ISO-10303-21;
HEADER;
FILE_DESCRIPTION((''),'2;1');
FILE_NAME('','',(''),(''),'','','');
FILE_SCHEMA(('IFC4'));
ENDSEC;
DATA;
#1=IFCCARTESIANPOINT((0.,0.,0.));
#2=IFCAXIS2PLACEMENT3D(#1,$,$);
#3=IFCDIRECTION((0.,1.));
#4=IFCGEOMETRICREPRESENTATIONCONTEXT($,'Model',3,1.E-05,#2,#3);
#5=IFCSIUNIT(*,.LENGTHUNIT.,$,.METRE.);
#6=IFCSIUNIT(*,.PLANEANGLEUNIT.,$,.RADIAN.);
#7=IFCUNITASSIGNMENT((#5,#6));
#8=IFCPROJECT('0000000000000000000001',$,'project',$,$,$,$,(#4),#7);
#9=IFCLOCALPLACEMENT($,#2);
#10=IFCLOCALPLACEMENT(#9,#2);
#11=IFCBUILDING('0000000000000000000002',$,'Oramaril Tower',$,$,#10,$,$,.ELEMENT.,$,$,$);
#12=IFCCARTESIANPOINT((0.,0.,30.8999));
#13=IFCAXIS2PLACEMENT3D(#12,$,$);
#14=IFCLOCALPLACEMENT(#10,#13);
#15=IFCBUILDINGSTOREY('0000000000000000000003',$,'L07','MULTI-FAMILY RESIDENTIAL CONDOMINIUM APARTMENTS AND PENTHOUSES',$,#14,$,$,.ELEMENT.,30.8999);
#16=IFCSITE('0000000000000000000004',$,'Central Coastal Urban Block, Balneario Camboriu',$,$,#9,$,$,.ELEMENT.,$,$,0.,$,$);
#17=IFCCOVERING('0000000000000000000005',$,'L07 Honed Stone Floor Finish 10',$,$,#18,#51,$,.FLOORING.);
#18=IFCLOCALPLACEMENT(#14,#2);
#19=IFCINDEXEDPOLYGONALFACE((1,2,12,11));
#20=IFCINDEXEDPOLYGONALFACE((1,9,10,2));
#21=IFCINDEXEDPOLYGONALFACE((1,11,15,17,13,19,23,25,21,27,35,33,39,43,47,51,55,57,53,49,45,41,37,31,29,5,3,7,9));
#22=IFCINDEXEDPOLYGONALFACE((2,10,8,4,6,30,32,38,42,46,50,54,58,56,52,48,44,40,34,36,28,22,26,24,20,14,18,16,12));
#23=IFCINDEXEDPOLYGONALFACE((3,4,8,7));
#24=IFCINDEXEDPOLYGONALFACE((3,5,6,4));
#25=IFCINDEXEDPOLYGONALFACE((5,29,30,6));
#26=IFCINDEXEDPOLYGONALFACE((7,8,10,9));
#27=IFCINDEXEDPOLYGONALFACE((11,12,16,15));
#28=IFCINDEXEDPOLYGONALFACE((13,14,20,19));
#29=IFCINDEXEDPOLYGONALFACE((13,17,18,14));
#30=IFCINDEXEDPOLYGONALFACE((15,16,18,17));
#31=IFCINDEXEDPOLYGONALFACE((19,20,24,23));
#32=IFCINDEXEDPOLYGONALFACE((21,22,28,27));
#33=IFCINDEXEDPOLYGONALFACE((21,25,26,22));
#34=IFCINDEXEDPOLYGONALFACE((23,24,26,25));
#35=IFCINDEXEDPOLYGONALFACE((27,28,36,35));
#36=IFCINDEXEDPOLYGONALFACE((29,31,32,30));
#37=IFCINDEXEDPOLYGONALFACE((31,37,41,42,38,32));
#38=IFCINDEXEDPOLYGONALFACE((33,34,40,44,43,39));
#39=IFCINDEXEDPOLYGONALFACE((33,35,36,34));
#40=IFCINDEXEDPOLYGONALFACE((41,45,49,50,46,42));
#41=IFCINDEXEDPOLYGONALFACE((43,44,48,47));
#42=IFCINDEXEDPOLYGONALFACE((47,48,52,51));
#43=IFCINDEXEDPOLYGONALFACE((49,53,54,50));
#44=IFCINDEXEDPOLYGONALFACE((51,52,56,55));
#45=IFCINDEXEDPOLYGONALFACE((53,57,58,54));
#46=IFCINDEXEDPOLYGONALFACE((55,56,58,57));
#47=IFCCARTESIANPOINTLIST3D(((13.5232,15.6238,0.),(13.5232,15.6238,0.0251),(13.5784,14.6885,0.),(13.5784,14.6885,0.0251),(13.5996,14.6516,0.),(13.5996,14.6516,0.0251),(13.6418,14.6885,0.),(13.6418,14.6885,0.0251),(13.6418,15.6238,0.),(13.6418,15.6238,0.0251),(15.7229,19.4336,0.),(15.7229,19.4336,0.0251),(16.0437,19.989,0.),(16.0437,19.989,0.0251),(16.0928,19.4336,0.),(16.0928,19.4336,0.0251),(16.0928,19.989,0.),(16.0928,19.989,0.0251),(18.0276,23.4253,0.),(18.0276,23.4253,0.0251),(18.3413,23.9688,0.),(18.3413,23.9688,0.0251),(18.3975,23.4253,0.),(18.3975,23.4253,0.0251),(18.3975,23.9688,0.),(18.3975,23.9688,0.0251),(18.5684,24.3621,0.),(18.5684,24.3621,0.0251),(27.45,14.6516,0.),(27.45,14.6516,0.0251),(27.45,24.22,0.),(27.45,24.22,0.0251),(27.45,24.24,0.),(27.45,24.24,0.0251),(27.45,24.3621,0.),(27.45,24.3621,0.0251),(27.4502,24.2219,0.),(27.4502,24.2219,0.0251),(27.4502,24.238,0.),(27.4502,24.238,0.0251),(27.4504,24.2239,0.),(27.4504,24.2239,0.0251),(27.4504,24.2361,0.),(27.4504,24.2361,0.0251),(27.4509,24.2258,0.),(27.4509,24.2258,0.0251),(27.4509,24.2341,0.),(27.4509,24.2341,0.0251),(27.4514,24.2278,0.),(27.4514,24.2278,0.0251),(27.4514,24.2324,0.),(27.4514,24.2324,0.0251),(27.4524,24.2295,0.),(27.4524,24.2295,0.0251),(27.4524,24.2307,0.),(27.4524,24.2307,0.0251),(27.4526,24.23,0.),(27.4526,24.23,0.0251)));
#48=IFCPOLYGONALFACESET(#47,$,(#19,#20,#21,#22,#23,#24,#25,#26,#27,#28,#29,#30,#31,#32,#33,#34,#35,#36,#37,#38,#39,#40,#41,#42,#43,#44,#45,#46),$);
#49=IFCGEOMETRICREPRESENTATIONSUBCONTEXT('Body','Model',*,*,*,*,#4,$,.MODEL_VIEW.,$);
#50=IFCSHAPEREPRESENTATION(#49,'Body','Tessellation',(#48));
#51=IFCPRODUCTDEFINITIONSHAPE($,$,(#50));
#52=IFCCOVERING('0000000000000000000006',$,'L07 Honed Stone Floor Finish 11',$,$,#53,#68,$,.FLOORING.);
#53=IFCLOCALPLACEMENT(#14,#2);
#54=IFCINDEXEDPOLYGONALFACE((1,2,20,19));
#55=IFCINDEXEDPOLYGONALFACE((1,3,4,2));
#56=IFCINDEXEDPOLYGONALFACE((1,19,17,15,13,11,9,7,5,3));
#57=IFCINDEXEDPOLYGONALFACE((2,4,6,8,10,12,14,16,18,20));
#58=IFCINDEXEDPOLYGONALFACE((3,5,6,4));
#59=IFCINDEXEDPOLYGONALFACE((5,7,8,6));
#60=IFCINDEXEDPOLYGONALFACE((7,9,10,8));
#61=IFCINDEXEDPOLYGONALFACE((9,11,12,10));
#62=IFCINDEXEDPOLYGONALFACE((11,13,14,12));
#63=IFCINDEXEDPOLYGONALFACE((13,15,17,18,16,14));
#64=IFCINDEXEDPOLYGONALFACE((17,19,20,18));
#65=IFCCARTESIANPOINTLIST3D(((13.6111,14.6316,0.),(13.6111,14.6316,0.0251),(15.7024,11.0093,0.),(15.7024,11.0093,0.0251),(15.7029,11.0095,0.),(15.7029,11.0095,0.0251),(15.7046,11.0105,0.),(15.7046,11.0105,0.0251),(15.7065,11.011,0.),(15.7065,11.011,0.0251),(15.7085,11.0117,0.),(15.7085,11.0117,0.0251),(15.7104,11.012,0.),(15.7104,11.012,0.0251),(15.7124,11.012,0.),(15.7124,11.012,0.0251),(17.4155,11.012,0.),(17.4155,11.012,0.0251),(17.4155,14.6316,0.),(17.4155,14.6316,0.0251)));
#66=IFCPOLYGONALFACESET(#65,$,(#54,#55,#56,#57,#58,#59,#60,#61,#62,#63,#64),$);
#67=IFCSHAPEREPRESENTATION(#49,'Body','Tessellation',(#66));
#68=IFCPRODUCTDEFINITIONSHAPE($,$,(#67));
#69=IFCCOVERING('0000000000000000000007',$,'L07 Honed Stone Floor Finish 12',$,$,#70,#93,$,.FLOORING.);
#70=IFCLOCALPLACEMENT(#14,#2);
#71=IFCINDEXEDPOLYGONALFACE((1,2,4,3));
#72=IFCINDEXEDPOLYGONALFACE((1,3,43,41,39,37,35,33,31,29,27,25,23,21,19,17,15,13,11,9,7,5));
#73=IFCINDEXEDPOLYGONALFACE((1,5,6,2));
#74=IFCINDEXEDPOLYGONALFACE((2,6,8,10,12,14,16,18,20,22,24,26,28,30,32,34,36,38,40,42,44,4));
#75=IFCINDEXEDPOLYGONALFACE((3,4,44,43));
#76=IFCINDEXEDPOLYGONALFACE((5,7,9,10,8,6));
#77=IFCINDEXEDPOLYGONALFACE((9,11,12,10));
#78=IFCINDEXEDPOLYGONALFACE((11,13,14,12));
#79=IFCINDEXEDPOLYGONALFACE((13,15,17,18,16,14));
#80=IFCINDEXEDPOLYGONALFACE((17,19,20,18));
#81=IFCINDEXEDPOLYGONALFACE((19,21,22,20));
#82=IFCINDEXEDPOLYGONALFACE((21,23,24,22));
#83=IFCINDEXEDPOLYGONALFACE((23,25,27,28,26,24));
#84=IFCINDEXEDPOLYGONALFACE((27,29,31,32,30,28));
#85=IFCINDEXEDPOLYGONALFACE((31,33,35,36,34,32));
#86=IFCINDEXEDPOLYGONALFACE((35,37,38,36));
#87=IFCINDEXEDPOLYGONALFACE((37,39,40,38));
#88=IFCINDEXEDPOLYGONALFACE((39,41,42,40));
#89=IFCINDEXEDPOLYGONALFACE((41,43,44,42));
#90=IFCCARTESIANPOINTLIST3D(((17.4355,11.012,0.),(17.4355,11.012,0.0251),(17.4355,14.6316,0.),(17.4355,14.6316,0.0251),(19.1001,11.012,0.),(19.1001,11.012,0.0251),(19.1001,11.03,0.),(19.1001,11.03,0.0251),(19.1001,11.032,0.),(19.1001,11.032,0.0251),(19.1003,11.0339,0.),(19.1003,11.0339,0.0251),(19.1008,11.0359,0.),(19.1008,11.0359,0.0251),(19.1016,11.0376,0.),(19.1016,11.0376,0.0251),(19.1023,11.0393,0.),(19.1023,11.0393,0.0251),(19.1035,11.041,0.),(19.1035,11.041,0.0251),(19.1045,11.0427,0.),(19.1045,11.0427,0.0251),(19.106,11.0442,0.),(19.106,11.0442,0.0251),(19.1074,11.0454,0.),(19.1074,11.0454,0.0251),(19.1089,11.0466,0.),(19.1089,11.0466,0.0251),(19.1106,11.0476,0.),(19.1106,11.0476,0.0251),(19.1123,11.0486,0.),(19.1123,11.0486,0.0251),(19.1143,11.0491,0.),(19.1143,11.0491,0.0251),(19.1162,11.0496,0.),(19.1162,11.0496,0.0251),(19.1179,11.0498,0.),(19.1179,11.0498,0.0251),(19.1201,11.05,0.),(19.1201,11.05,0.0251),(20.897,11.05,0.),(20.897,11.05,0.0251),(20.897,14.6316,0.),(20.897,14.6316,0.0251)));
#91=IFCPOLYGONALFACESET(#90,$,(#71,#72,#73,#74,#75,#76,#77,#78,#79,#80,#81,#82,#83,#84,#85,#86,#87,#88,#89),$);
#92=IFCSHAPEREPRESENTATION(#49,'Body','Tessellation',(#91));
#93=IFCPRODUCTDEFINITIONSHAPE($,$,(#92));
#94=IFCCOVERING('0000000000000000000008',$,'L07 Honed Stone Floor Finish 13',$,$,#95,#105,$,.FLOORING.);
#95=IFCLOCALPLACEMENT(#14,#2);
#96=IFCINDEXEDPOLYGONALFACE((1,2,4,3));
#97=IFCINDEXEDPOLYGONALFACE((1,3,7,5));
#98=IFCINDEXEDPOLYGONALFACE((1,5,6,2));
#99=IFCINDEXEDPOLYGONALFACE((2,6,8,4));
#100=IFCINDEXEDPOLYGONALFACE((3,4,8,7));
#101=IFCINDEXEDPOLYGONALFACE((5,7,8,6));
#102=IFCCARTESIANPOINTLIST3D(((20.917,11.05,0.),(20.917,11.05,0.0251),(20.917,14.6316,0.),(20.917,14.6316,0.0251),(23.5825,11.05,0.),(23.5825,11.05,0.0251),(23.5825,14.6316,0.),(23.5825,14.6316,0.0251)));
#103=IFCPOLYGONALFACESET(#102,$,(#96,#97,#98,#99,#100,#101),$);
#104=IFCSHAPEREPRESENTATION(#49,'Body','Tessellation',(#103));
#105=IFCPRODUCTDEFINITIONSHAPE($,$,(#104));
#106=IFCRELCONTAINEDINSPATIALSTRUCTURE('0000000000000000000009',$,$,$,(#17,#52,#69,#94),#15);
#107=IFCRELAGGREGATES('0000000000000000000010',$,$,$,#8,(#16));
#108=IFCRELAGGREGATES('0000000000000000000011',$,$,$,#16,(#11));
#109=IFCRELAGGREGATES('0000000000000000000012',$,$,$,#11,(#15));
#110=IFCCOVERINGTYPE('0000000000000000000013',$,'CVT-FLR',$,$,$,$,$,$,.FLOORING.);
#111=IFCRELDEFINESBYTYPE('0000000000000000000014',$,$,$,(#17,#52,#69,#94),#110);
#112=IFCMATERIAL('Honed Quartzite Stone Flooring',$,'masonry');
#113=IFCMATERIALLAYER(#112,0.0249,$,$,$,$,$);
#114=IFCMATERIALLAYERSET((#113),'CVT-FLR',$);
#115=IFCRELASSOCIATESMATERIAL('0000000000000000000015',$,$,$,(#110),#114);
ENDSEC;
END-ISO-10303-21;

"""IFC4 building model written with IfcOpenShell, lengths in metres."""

from ifc_helpers import new_model, si_unit, direction, frame, origin, place, context, subcontext, project, spatial, polyline, outline, extrude, material, layer, layer_set, type_object, element, save


model = new_model("IFC4")

# Units and contexts
model_context = context("Model", 3, precision=1e-05, world=origin(), true_north=direction((0.0, 1.0)))
body_context = subcontext(model_context, "Body", "Model", "MODEL_VIEW")
ifc_project = project(units=[si_unit("LENGTHUNIT", "METRE"), si_unit("PLANEANGLEUNIT", "RADIAN")], contexts=[model_context])

# Site, building, storey
site_placement = place(None, origin())
site = spatial("IfcSite", under=ifc_project, at=site_placement, Name="Central Coastal Urban Block, Balneario Camboriu", CompositionType="ELEMENT", RefElevation=0.0)
building_placement = place(site_placement, origin())
building = spatial("IfcBuilding", under=site, at=building_placement, Name="Oramaril Tower", CompositionType="ELEMENT")
storey_placement = place(building_placement, frame((0.0, 0.0, 30.8999)))
storey = spatial("IfcBuildingStorey", under=building, at=storey_placement, Name="L07", Description="MULTI-FAMILY RESIDENTIAL CONDOMINIUM APARTMENTS AND PENTHOUSES", CompositionType="ELEMENT", Elevation=30.8999)

# Coverings
ifc_material_1 = material(Name="Honed Quartzite Stone Flooring", Category="masonry")
ifc_layer_1 = layer(ifc_material_1, 0.0249)
ifc_layer_set_1 = layer_set([ifc_layer_1], Name="CVT-FLR")
covering_type_1 = type_object("IfcCoveringType", Name="CVT-FLR", PredefinedType="FLOORING", material=ifc_layer_set_1)
covering_1_placement = place(storey_placement, origin())
element("IfcCovering", 1, at=covering_1_placement, inside=storey, type_object=covering_type_1, Name="L07 Honed Stone Floor Finish 10", PredefinedType="FLOORING", context=body_context, shape_type="SweptSolid", body=[
    extrude(outline(polyline([(13.5996, 14.6516), (13.5784, 14.6885), (13.6418, 14.6885), (13.6418, 15.6238), (13.5232, 15.6238), (15.7229, 19.4336), (16.0928, 19.4336), (16.0928, 19.989), (16.0437, 19.989), (18.0276, 23.4253), (18.3975, 23.4253), (18.3975, 23.9688), (18.3413, 23.9688), (18.5684, 24.3621), (27.45, 24.3621), (27.45, 24.24), (27.4502, 24.238), (27.4504, 24.2361), (27.4509, 24.2341), (27.4514, 24.2324), (27.4524, 24.2307), (27.4526, 24.23), (27.4524, 24.2295), (27.4514, 24.2278), (27.4509, 24.2258), (27.4504, 24.2239), (27.4502, 24.2219), (27.45, 24.22), (27.45, 14.6516), (13.5996, 14.6516)])), origin(), (0.0, 0.0, 1.0), 0.0251),
])
covering_2_placement = place(storey_placement, origin())
element("IfcCovering", 2, at=covering_2_placement, inside=storey, type_object=covering_type_1, Name="L07 Honed Stone Floor Finish 11", PredefinedType="FLOORING", context=body_context, shape_type="SweptSolid", body=[
    extrude(outline(polyline([(17.4155, 11.012), (15.7124, 11.012), (15.7104, 11.012), (15.7085, 11.0117), (15.7065, 11.011), (15.7046, 11.0105), (15.7029, 11.0095), (15.7024, 11.0093), (13.6111, 14.6316), (17.4155, 14.6316), (17.4155, 11.012)])), origin(), (0.0, 0.0, 1.0), 0.0251),
])
covering_3_placement = place(storey_placement, origin())
element("IfcCovering", 3, at=covering_3_placement, inside=storey, type_object=covering_type_1, Name="L07 Honed Stone Floor Finish 12", PredefinedType="FLOORING", context=body_context, shape_type="SweptSolid", body=[
    extrude(outline(polyline([(20.897, 11.05), (19.1201, 11.05), (19.1179, 11.0498), (19.1162, 11.0496), (19.1143, 11.0491), (19.1123, 11.0486), (19.1106, 11.0476), (19.1089, 11.0466), (19.1074, 11.0454), (19.106, 11.0442), (19.1045, 11.0427), (19.1035, 11.041), (19.1023, 11.0393), (19.1016, 11.0376), (19.1008, 11.0359), (19.1003, 11.0339), (19.1001, 11.032), (19.1001, 11.03), (19.1001, 11.012), (17.4355, 11.012), (17.4355, 14.6316), (20.897, 14.6316), (20.897, 11.05)])), origin(), (0.0, 0.0, 1.0), 0.0251),
])
covering_4_placement = place(storey_placement, origin())
element("IfcCovering", 4, at=covering_4_placement, inside=storey, type_object=covering_type_1, Name="L07 Honed Stone Floor Finish 13", PredefinedType="FLOORING", context=body_context, shape_type="SweptSolid", body=[
    extrude(outline(polyline([(23.5825, 11.05), (20.917, 11.05), (20.917, 14.6316), (23.5825, 14.6316), (23.5825, 11.05)])), origin(), (0.0, 0.0, 1.0), 0.0251),
])

save(model, "model.ifc")
